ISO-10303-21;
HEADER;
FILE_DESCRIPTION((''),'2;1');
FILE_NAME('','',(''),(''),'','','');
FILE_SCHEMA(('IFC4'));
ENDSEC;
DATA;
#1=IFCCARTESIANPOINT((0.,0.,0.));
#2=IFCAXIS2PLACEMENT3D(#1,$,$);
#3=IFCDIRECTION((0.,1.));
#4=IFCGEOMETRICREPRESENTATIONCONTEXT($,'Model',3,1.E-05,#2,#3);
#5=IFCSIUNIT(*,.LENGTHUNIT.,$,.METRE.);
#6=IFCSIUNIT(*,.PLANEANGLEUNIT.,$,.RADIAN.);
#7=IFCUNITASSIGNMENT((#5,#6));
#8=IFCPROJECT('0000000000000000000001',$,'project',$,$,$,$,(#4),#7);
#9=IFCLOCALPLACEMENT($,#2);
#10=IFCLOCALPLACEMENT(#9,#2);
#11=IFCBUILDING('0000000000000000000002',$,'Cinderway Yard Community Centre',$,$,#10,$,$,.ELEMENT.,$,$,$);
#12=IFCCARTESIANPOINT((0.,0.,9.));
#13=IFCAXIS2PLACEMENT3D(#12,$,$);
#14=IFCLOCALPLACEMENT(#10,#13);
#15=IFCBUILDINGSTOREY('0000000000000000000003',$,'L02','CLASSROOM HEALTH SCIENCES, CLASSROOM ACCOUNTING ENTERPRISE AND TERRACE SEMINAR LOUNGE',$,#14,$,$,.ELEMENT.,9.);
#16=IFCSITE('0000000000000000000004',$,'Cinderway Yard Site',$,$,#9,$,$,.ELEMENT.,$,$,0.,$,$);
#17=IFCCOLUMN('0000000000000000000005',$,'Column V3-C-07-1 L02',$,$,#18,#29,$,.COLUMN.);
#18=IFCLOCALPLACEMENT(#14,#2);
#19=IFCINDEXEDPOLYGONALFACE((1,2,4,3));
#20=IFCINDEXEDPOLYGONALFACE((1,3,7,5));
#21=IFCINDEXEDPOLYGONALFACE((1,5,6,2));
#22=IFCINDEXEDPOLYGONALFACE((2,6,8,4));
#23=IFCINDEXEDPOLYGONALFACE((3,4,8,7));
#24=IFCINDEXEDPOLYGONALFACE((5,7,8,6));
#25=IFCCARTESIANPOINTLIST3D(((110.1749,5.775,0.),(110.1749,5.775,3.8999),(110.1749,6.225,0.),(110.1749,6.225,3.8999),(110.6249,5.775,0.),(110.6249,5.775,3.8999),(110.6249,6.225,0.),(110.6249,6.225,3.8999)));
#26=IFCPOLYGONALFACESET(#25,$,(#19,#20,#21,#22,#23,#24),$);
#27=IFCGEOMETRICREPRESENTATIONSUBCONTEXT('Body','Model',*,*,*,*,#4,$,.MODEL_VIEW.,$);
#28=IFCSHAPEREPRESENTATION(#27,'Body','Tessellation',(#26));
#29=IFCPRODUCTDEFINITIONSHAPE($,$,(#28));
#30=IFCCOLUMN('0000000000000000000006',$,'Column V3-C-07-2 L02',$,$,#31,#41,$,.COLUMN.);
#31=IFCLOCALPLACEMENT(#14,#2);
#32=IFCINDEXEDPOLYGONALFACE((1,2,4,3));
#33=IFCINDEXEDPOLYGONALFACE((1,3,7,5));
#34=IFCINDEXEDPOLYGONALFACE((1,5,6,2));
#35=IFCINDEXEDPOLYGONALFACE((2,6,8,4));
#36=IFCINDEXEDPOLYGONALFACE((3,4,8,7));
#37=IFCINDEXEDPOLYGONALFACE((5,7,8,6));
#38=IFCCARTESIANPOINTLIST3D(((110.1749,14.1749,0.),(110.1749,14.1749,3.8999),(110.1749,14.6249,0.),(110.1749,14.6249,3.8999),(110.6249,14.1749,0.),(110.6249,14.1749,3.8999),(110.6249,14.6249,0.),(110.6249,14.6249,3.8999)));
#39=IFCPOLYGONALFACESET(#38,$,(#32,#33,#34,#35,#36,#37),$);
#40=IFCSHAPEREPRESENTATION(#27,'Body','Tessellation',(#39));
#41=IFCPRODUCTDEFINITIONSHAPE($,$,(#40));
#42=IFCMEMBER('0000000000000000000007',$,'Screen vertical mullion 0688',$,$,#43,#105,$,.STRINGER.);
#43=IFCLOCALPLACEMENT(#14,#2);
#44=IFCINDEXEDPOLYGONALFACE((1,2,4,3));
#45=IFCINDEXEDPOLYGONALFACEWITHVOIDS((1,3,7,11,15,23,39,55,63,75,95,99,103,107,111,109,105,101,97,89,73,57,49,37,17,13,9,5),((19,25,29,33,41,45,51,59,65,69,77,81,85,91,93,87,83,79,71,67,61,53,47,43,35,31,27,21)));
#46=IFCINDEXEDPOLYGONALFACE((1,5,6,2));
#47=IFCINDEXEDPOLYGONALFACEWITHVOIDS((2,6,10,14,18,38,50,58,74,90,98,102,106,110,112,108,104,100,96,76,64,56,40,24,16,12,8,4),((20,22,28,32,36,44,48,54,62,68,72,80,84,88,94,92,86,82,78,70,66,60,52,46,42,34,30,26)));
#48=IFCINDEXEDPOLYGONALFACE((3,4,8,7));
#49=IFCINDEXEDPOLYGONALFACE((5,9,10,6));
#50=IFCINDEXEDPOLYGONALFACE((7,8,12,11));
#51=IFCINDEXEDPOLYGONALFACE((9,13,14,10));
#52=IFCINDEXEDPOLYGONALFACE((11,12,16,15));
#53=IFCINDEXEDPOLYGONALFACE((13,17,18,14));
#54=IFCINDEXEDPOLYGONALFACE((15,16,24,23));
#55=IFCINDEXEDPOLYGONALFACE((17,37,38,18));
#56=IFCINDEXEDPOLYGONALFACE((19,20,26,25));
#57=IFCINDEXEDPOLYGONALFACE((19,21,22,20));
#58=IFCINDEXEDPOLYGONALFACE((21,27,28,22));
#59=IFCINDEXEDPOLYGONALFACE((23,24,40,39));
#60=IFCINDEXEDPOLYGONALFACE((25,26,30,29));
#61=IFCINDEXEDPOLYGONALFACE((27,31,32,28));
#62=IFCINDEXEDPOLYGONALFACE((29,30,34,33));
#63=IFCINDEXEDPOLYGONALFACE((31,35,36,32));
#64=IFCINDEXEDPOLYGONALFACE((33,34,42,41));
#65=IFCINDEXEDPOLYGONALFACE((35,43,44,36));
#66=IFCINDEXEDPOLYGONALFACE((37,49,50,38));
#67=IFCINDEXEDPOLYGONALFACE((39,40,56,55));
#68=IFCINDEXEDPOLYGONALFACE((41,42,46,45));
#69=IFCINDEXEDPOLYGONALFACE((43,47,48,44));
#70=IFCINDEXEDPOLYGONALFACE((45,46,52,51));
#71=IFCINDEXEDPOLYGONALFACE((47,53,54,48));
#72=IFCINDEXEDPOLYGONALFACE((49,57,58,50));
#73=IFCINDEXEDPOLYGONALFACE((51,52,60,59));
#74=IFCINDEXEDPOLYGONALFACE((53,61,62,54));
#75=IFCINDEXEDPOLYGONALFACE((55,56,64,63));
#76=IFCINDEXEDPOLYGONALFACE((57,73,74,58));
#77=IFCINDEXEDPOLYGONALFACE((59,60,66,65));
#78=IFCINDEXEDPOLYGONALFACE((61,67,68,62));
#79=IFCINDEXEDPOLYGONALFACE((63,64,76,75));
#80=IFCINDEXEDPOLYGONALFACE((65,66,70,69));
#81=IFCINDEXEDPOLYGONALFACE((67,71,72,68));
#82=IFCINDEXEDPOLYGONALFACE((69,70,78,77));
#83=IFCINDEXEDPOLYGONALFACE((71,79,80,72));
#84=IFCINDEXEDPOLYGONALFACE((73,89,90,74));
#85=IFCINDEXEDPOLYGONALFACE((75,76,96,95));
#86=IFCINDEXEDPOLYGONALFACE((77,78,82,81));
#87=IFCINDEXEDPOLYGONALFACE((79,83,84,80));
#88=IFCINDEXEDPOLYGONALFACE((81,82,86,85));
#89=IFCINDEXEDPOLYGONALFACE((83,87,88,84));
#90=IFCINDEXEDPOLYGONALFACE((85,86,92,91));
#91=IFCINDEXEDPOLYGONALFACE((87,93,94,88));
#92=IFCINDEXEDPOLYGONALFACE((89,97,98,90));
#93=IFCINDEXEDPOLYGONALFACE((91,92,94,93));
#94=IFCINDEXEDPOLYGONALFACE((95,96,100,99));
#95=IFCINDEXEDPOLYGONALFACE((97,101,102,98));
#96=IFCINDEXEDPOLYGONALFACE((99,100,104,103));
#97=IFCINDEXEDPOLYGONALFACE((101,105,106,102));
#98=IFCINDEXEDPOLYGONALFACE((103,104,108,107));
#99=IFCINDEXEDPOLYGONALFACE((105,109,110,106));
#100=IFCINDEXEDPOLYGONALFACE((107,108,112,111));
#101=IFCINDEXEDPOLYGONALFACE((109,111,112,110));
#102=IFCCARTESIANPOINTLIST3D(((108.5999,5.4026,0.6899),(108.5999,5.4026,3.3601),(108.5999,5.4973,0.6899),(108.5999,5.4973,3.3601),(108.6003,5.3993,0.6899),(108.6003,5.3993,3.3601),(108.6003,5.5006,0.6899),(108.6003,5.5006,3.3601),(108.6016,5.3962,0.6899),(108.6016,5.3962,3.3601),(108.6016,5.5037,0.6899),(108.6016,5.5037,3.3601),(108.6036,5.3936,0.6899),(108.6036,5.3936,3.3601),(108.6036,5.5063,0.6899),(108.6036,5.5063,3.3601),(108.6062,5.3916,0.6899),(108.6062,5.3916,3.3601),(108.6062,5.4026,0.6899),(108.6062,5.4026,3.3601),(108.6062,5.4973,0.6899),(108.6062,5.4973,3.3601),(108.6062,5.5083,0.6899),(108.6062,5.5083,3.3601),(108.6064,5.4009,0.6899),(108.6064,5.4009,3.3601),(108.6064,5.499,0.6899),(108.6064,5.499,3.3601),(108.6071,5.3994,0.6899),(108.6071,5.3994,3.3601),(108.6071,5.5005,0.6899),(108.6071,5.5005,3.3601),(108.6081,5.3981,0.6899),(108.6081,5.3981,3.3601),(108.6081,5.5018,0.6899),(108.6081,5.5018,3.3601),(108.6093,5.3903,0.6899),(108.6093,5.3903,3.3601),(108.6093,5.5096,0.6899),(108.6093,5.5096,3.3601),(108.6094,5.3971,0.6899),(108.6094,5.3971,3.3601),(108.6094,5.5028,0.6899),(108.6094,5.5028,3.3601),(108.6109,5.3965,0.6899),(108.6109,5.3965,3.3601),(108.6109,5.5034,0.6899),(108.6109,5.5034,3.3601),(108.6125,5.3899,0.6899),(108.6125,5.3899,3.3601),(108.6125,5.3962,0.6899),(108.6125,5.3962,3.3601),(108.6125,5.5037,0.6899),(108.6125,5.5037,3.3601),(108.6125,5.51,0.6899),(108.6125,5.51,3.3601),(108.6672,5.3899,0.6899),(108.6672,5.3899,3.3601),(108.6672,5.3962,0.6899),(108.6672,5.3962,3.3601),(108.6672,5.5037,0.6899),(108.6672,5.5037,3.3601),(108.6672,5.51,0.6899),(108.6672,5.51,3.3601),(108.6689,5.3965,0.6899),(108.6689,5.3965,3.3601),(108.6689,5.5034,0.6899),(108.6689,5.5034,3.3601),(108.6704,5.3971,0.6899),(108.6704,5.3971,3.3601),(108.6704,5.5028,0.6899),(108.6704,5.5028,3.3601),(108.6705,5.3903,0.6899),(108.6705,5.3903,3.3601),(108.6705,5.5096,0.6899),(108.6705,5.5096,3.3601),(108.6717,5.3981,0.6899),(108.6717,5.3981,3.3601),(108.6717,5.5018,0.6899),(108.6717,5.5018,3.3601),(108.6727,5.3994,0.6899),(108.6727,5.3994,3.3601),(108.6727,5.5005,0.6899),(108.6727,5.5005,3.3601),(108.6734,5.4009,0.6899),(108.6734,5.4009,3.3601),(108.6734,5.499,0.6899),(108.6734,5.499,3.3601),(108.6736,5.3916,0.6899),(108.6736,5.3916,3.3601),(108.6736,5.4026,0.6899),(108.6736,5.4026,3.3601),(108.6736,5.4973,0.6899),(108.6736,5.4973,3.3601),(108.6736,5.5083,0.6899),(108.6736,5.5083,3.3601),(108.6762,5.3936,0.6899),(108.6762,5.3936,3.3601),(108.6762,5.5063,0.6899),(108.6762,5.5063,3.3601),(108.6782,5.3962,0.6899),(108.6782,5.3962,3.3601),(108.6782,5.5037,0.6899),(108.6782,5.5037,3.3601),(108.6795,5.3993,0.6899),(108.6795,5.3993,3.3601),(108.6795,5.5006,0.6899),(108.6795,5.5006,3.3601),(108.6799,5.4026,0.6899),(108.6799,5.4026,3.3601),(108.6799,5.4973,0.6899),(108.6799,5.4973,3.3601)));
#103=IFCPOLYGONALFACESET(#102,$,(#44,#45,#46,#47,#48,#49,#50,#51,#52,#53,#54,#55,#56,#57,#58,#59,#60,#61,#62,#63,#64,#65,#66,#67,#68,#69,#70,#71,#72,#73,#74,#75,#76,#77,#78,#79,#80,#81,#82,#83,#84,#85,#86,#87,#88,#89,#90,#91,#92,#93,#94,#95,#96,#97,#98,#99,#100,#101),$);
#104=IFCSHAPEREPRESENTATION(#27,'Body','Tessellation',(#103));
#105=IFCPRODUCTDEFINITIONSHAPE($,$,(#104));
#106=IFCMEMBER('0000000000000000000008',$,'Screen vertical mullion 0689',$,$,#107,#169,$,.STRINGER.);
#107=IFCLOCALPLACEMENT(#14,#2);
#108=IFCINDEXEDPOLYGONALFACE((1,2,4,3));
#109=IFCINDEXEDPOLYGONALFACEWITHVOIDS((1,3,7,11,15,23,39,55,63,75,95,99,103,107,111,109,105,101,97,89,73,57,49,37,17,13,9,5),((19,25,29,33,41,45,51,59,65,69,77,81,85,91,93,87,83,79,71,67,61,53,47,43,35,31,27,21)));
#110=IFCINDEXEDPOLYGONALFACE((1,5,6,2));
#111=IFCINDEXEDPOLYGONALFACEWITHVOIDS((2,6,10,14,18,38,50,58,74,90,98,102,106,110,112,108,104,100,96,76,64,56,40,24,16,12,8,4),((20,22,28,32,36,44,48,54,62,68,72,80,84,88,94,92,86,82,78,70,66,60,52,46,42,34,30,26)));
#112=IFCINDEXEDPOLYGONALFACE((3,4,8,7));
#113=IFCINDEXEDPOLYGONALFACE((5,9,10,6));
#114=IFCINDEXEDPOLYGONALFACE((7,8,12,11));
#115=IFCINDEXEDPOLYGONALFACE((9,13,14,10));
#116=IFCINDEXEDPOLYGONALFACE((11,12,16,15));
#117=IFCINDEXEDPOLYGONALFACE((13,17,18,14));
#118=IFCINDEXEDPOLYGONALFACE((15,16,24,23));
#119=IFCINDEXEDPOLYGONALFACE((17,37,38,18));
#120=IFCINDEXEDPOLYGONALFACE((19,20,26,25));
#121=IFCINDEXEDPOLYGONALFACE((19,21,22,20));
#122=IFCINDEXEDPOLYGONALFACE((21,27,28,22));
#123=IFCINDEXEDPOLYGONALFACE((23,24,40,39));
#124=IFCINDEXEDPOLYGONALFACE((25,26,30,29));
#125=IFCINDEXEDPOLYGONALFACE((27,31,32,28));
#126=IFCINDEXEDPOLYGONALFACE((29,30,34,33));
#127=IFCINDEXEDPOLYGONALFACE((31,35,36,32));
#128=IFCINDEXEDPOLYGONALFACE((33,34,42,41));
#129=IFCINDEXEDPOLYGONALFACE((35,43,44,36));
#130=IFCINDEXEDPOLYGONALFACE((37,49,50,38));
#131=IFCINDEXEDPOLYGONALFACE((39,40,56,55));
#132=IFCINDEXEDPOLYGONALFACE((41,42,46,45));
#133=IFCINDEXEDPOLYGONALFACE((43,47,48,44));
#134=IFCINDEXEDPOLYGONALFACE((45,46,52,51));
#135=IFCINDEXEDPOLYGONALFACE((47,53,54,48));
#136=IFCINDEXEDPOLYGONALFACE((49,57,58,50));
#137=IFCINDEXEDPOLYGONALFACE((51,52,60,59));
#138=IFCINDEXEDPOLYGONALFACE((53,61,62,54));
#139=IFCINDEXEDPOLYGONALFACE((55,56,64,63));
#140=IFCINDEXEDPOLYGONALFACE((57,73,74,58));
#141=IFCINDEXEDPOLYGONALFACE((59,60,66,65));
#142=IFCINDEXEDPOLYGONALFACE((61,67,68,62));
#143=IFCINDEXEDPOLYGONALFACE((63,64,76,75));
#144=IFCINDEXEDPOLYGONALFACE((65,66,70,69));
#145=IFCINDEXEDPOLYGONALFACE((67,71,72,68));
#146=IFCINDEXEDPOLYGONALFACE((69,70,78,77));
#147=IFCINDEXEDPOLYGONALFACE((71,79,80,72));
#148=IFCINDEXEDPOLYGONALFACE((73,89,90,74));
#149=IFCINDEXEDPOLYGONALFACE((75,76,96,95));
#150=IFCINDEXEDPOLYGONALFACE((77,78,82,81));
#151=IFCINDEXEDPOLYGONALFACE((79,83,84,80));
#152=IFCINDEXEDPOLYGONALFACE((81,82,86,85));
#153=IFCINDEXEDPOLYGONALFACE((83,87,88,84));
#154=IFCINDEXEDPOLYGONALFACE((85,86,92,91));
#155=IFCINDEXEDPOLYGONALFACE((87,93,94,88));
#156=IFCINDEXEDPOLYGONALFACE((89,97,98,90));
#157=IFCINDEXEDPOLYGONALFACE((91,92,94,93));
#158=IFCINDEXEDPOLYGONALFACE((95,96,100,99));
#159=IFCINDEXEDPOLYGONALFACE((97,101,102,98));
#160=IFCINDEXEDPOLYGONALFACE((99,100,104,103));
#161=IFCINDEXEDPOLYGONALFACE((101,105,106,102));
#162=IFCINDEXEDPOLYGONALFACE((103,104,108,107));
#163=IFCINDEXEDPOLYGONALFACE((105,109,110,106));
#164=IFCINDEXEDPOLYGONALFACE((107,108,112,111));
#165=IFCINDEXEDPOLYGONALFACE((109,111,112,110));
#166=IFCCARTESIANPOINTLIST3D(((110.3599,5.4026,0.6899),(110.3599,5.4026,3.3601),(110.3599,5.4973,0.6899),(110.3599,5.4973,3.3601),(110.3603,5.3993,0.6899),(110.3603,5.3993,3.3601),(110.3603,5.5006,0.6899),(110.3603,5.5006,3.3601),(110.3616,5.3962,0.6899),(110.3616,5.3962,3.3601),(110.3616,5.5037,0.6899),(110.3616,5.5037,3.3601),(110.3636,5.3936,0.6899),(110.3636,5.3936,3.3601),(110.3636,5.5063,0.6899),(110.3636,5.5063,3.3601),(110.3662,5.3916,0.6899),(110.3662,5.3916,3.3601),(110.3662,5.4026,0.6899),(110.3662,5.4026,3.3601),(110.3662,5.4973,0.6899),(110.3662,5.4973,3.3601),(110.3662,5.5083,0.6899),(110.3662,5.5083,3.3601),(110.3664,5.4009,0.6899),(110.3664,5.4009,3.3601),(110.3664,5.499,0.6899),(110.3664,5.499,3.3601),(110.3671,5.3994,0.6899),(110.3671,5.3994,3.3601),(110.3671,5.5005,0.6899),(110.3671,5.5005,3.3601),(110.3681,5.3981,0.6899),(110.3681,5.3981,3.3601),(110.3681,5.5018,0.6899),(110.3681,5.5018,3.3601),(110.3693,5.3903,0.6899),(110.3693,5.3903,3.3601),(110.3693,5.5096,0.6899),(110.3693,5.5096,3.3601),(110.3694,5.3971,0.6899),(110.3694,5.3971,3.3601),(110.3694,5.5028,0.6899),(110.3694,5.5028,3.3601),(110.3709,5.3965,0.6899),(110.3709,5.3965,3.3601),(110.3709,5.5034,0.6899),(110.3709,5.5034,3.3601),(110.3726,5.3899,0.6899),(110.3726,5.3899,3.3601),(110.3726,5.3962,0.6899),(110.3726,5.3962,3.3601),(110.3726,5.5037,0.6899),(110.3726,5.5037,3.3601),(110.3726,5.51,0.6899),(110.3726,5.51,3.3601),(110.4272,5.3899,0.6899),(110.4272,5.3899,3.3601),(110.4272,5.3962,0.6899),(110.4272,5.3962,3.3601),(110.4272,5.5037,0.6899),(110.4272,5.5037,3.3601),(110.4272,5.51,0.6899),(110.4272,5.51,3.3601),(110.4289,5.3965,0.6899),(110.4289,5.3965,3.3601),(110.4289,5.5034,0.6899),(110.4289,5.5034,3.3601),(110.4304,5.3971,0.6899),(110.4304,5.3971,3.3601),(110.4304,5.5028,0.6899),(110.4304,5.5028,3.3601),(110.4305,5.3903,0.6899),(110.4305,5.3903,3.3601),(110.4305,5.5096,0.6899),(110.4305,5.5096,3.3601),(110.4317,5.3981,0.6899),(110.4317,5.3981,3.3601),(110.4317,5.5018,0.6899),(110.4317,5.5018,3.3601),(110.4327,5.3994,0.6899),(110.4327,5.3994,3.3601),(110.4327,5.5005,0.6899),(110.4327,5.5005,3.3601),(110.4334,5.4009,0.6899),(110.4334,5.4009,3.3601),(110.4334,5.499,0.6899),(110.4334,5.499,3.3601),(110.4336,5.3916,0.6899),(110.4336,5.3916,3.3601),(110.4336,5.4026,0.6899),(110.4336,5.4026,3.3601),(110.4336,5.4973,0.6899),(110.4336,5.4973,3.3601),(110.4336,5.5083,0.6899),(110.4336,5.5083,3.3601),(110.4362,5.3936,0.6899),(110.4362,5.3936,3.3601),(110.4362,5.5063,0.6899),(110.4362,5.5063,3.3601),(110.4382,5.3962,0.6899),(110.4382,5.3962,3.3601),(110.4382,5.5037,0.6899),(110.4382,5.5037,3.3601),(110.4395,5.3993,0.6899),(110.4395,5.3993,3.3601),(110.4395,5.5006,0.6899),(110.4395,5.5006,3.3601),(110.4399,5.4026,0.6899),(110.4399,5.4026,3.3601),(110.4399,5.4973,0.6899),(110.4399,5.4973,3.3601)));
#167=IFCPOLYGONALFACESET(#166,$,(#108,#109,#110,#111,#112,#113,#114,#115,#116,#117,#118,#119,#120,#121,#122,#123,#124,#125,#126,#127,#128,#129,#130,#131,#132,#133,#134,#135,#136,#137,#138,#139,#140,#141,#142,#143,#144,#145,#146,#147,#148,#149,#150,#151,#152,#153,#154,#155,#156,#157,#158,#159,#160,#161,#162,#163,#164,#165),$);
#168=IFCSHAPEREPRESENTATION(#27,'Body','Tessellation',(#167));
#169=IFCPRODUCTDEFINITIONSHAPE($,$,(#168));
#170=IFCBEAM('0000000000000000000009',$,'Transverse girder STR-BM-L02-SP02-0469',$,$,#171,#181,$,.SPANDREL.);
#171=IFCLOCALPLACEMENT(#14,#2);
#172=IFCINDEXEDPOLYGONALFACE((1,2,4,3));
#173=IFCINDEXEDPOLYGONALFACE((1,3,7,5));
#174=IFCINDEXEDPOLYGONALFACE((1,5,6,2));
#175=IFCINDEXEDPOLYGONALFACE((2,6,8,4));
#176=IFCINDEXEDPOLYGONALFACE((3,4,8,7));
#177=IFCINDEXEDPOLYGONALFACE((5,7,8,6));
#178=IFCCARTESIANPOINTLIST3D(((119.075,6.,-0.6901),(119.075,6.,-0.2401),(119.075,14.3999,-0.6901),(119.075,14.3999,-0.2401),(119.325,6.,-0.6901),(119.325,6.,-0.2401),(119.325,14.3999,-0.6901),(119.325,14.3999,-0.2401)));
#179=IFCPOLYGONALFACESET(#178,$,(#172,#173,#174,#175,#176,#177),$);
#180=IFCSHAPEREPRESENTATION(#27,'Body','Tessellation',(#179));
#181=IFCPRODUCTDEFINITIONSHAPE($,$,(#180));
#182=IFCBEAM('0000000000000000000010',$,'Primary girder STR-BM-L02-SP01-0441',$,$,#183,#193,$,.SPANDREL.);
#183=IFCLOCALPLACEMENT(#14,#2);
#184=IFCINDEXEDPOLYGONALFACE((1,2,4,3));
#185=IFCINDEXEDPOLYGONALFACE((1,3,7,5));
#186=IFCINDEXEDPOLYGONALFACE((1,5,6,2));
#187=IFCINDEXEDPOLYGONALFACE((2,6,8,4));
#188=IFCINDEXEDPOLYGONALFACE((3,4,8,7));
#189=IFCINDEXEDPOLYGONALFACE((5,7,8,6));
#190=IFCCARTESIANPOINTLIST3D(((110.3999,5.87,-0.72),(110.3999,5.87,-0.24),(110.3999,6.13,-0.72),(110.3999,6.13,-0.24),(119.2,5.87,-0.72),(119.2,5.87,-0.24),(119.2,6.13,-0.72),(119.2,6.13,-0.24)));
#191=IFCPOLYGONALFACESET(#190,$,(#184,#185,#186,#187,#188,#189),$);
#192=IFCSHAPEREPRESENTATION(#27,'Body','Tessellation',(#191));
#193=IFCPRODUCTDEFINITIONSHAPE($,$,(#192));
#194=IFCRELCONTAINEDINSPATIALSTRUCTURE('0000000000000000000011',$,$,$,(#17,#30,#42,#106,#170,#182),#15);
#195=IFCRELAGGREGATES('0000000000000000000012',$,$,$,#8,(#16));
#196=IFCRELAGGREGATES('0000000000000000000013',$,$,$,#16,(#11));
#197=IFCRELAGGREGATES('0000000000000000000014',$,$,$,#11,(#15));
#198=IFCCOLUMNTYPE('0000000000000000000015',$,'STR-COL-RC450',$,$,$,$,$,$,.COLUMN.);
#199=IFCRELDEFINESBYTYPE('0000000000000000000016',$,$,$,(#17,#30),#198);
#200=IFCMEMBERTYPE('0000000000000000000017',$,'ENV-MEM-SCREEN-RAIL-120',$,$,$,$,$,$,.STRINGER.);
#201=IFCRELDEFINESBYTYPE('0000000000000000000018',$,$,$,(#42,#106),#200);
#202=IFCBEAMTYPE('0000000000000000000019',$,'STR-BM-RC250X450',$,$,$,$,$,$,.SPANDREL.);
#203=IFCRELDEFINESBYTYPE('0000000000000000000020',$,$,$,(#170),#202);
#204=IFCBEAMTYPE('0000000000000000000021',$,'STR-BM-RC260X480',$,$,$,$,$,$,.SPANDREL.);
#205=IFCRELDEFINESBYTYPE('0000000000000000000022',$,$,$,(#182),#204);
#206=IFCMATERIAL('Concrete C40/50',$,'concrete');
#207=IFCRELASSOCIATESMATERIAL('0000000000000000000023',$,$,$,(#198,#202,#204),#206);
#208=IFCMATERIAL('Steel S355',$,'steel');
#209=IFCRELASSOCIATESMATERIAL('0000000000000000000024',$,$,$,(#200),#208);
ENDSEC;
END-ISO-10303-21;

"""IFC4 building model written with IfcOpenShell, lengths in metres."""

from ifc_helpers import new_model, si_unit, direction, frame, origin, origin_2d, place, context, subcontext, project, spatial, rectangle, hollow_rectangle, extrude, material, material_profile, profile_set, type_object, element, save


model = new_model("IFC4")

# Units and contexts
model_context = context("Model", 3, precision=1e-05, world=origin(), true_north=direction((0.0, 1.0)))
body_context = subcontext(model_context, "Body", "Model", "MODEL_VIEW")
ifc_project = project(units=[si_unit("LENGTHUNIT", "METRE"), si_unit("PLANEANGLEUNIT", "RADIAN")], contexts=[model_context])

# Site, building, storey
site_placement = place(None, origin())
site = spatial("IfcSite", under=ifc_project, at=site_placement, Name="Cinderway Yard Site", CompositionType="ELEMENT", RefElevation=0.0)
building_placement = place(site_placement, origin())
building = spatial("IfcBuilding", under=site, at=building_placement, Name="Cinderway Yard Community Centre", CompositionType="ELEMENT")
storey_placement = place(building_placement, frame((0.0, 0.0, 9.0)))
storey = spatial("IfcBuildingStorey", under=building, at=storey_placement, Name="L02", Description="CLASSROOM HEALTH SCIENCES, CLASSROOM ACCOUNTING ENTERPRISE AND TERRACE SEMINAR LOUNGE", CompositionType="ELEMENT", Elevation=9.0)

# Columns
ifc_material_1 = material(Name="Concrete C40/50", Category="concrete")
ifc_material_profile_1 = material_profile(ifc_material_1, rectangle(XDim=0.45, YDim=0.45, at=origin_2d()), Name="Concrete C40/50")
ifc_profile_set_1 = profile_set([ifc_material_profile_1], Name="Concrete C40/50")
column_type = type_object("IfcColumnType", Name="STR-COL-RC450", PredefinedType="COLUMN", material=ifc_profile_set_1)
for number, where, z_axis, x_axis, name in (
    (1, (110.3999, 6.0, 0.0), (0.0, 0.0, 1.0), (1.0, 0.0, 0.0), "Column V3-C-07-1 L02"),
    (2, (110.3999, 14.3999, 0.0), (0.0, 0.0, 1.0), (1.0, 0.0, 0.0), "Column V3-C-07-2 L02"),
):
    element("IfcColumn", number, at=place(storey_placement, frame(where, z_axis=z_axis, x_axis=x_axis)), inside=storey, type_object=column_type, Name=name, PredefinedType="COLUMN", context=body_context, shape_type="SweptSolid", body=[
        extrude(rectangle(XDim=0.45, YDim=0.45, at=origin_2d()), origin(), (0.0, 0.0, 1.0), 3.8999),
    ])

# Members
ifc_material_2 = material(Name="Steel S355", Category="steel")
ifc_material_profile_2 = material_profile(ifc_material_2, hollow_rectangle(XDim=0.0801, YDim=0.1201, WallThickness=0.0063, InnerFilletRadius=0.0063, OuterFilletRadius=0.0127, at=origin_2d()), Name="Steel S355")
ifc_profile_set_2 = profile_set([ifc_material_profile_2], Name="Steel S355")
member_type_1 = type_object("IfcMemberType", Name="ENV-MEM-SCREEN-RAIL-120", PredefinedType="STRINGER", material=ifc_profile_set_2)
for number, where, z_axis, x_axis, name in (
    (3, (108.6399, 5.45, 0.6899), (0.0, 0.0, 1.0), (1.0, 0.0, 0.0), "Screen vertical mullion 0688"),
    (4, (110.3999, 5.45, 0.6899), (0.0, 0.0, 1.0), (1.0, 0.0, 0.0), "Screen vertical mullion 0689"),
):
    element("IfcMember", number, at=place(storey_placement, frame(where, z_axis=z_axis, x_axis=x_axis)), inside=storey, type_object=member_type_1, Name=name, PredefinedType="STRINGER", context=body_context, shape_type="SweptSolid", body=[
        extrude(hollow_rectangle(XDim=0.0801, YDim=0.1201, WallThickness=0.0063, InnerFilletRadius=0.0063, OuterFilletRadius=0.0127, at=origin_2d()), origin(), (0.0, 0.0, 1.0), 2.6702),
    ])

# Beams
ifc_material_profile_3 = material_profile(ifc_material_1, rectangle(XDim=0.25, YDim=0.45, at=origin_2d()), Name="Concrete C40/50")
ifc_profile_set_3 = profile_set([ifc_material_profile_3], Name="Concrete C40/50")
beam_type_1 = type_object("IfcBeamType", Name="STR-BM-RC250X450", PredefinedType="SPANDREL", material=ifc_profile_set_3)
beam_1_placement = place(storey_placement, frame((119.2, 6.0, -0.4651), z_axis=(0.0, 1.0, 0.0), x_axis=(-1.0, 0.0, 0.0)))
element("IfcBeam", 5, at=beam_1_placement, inside=storey, type_object=beam_type_1, Name="Transverse girder STR-BM-L02-SP02-0469", PredefinedType="SPANDREL", context=body_context, shape_type="SweptSolid", body=[
    extrude(rectangle(XDim=0.25, YDim=0.45, at=origin_2d()), origin(), (0.0, 0.0, 1.0), 8.3999),
])
ifc_material_profile_4 = material_profile(ifc_material_1, rectangle(XDim=0.26, YDim=0.48, at=origin_2d()), Name="Concrete C40/50")
ifc_profile_set_4 = profile_set([ifc_material_profile_4], Name="Concrete C40/50")
beam_type_2 = type_object("IfcBeamType", Name="STR-BM-RC260X480", PredefinedType="SPANDREL", material=ifc_profile_set_4)
beam_2_placement = place(storey_placement, frame((110.3999, 6.0, -0.48), z_axis=(1.0, 0.0, 0.0), x_axis=(0.0, 1.0, 0.0)))
element("IfcBeam", 6, at=beam_2_placement, inside=storey, type_object=beam_type_2, Name="Primary girder STR-BM-L02-SP01-0441", PredefinedType="SPANDREL", context=body_context, shape_type="SweptSolid", body=[
    extrude(rectangle(XDim=0.26, YDim=0.48, at=origin_2d()), origin(), (0.0, 0.0, 1.0), 8.8),
])

save(model, "model.ifc")
